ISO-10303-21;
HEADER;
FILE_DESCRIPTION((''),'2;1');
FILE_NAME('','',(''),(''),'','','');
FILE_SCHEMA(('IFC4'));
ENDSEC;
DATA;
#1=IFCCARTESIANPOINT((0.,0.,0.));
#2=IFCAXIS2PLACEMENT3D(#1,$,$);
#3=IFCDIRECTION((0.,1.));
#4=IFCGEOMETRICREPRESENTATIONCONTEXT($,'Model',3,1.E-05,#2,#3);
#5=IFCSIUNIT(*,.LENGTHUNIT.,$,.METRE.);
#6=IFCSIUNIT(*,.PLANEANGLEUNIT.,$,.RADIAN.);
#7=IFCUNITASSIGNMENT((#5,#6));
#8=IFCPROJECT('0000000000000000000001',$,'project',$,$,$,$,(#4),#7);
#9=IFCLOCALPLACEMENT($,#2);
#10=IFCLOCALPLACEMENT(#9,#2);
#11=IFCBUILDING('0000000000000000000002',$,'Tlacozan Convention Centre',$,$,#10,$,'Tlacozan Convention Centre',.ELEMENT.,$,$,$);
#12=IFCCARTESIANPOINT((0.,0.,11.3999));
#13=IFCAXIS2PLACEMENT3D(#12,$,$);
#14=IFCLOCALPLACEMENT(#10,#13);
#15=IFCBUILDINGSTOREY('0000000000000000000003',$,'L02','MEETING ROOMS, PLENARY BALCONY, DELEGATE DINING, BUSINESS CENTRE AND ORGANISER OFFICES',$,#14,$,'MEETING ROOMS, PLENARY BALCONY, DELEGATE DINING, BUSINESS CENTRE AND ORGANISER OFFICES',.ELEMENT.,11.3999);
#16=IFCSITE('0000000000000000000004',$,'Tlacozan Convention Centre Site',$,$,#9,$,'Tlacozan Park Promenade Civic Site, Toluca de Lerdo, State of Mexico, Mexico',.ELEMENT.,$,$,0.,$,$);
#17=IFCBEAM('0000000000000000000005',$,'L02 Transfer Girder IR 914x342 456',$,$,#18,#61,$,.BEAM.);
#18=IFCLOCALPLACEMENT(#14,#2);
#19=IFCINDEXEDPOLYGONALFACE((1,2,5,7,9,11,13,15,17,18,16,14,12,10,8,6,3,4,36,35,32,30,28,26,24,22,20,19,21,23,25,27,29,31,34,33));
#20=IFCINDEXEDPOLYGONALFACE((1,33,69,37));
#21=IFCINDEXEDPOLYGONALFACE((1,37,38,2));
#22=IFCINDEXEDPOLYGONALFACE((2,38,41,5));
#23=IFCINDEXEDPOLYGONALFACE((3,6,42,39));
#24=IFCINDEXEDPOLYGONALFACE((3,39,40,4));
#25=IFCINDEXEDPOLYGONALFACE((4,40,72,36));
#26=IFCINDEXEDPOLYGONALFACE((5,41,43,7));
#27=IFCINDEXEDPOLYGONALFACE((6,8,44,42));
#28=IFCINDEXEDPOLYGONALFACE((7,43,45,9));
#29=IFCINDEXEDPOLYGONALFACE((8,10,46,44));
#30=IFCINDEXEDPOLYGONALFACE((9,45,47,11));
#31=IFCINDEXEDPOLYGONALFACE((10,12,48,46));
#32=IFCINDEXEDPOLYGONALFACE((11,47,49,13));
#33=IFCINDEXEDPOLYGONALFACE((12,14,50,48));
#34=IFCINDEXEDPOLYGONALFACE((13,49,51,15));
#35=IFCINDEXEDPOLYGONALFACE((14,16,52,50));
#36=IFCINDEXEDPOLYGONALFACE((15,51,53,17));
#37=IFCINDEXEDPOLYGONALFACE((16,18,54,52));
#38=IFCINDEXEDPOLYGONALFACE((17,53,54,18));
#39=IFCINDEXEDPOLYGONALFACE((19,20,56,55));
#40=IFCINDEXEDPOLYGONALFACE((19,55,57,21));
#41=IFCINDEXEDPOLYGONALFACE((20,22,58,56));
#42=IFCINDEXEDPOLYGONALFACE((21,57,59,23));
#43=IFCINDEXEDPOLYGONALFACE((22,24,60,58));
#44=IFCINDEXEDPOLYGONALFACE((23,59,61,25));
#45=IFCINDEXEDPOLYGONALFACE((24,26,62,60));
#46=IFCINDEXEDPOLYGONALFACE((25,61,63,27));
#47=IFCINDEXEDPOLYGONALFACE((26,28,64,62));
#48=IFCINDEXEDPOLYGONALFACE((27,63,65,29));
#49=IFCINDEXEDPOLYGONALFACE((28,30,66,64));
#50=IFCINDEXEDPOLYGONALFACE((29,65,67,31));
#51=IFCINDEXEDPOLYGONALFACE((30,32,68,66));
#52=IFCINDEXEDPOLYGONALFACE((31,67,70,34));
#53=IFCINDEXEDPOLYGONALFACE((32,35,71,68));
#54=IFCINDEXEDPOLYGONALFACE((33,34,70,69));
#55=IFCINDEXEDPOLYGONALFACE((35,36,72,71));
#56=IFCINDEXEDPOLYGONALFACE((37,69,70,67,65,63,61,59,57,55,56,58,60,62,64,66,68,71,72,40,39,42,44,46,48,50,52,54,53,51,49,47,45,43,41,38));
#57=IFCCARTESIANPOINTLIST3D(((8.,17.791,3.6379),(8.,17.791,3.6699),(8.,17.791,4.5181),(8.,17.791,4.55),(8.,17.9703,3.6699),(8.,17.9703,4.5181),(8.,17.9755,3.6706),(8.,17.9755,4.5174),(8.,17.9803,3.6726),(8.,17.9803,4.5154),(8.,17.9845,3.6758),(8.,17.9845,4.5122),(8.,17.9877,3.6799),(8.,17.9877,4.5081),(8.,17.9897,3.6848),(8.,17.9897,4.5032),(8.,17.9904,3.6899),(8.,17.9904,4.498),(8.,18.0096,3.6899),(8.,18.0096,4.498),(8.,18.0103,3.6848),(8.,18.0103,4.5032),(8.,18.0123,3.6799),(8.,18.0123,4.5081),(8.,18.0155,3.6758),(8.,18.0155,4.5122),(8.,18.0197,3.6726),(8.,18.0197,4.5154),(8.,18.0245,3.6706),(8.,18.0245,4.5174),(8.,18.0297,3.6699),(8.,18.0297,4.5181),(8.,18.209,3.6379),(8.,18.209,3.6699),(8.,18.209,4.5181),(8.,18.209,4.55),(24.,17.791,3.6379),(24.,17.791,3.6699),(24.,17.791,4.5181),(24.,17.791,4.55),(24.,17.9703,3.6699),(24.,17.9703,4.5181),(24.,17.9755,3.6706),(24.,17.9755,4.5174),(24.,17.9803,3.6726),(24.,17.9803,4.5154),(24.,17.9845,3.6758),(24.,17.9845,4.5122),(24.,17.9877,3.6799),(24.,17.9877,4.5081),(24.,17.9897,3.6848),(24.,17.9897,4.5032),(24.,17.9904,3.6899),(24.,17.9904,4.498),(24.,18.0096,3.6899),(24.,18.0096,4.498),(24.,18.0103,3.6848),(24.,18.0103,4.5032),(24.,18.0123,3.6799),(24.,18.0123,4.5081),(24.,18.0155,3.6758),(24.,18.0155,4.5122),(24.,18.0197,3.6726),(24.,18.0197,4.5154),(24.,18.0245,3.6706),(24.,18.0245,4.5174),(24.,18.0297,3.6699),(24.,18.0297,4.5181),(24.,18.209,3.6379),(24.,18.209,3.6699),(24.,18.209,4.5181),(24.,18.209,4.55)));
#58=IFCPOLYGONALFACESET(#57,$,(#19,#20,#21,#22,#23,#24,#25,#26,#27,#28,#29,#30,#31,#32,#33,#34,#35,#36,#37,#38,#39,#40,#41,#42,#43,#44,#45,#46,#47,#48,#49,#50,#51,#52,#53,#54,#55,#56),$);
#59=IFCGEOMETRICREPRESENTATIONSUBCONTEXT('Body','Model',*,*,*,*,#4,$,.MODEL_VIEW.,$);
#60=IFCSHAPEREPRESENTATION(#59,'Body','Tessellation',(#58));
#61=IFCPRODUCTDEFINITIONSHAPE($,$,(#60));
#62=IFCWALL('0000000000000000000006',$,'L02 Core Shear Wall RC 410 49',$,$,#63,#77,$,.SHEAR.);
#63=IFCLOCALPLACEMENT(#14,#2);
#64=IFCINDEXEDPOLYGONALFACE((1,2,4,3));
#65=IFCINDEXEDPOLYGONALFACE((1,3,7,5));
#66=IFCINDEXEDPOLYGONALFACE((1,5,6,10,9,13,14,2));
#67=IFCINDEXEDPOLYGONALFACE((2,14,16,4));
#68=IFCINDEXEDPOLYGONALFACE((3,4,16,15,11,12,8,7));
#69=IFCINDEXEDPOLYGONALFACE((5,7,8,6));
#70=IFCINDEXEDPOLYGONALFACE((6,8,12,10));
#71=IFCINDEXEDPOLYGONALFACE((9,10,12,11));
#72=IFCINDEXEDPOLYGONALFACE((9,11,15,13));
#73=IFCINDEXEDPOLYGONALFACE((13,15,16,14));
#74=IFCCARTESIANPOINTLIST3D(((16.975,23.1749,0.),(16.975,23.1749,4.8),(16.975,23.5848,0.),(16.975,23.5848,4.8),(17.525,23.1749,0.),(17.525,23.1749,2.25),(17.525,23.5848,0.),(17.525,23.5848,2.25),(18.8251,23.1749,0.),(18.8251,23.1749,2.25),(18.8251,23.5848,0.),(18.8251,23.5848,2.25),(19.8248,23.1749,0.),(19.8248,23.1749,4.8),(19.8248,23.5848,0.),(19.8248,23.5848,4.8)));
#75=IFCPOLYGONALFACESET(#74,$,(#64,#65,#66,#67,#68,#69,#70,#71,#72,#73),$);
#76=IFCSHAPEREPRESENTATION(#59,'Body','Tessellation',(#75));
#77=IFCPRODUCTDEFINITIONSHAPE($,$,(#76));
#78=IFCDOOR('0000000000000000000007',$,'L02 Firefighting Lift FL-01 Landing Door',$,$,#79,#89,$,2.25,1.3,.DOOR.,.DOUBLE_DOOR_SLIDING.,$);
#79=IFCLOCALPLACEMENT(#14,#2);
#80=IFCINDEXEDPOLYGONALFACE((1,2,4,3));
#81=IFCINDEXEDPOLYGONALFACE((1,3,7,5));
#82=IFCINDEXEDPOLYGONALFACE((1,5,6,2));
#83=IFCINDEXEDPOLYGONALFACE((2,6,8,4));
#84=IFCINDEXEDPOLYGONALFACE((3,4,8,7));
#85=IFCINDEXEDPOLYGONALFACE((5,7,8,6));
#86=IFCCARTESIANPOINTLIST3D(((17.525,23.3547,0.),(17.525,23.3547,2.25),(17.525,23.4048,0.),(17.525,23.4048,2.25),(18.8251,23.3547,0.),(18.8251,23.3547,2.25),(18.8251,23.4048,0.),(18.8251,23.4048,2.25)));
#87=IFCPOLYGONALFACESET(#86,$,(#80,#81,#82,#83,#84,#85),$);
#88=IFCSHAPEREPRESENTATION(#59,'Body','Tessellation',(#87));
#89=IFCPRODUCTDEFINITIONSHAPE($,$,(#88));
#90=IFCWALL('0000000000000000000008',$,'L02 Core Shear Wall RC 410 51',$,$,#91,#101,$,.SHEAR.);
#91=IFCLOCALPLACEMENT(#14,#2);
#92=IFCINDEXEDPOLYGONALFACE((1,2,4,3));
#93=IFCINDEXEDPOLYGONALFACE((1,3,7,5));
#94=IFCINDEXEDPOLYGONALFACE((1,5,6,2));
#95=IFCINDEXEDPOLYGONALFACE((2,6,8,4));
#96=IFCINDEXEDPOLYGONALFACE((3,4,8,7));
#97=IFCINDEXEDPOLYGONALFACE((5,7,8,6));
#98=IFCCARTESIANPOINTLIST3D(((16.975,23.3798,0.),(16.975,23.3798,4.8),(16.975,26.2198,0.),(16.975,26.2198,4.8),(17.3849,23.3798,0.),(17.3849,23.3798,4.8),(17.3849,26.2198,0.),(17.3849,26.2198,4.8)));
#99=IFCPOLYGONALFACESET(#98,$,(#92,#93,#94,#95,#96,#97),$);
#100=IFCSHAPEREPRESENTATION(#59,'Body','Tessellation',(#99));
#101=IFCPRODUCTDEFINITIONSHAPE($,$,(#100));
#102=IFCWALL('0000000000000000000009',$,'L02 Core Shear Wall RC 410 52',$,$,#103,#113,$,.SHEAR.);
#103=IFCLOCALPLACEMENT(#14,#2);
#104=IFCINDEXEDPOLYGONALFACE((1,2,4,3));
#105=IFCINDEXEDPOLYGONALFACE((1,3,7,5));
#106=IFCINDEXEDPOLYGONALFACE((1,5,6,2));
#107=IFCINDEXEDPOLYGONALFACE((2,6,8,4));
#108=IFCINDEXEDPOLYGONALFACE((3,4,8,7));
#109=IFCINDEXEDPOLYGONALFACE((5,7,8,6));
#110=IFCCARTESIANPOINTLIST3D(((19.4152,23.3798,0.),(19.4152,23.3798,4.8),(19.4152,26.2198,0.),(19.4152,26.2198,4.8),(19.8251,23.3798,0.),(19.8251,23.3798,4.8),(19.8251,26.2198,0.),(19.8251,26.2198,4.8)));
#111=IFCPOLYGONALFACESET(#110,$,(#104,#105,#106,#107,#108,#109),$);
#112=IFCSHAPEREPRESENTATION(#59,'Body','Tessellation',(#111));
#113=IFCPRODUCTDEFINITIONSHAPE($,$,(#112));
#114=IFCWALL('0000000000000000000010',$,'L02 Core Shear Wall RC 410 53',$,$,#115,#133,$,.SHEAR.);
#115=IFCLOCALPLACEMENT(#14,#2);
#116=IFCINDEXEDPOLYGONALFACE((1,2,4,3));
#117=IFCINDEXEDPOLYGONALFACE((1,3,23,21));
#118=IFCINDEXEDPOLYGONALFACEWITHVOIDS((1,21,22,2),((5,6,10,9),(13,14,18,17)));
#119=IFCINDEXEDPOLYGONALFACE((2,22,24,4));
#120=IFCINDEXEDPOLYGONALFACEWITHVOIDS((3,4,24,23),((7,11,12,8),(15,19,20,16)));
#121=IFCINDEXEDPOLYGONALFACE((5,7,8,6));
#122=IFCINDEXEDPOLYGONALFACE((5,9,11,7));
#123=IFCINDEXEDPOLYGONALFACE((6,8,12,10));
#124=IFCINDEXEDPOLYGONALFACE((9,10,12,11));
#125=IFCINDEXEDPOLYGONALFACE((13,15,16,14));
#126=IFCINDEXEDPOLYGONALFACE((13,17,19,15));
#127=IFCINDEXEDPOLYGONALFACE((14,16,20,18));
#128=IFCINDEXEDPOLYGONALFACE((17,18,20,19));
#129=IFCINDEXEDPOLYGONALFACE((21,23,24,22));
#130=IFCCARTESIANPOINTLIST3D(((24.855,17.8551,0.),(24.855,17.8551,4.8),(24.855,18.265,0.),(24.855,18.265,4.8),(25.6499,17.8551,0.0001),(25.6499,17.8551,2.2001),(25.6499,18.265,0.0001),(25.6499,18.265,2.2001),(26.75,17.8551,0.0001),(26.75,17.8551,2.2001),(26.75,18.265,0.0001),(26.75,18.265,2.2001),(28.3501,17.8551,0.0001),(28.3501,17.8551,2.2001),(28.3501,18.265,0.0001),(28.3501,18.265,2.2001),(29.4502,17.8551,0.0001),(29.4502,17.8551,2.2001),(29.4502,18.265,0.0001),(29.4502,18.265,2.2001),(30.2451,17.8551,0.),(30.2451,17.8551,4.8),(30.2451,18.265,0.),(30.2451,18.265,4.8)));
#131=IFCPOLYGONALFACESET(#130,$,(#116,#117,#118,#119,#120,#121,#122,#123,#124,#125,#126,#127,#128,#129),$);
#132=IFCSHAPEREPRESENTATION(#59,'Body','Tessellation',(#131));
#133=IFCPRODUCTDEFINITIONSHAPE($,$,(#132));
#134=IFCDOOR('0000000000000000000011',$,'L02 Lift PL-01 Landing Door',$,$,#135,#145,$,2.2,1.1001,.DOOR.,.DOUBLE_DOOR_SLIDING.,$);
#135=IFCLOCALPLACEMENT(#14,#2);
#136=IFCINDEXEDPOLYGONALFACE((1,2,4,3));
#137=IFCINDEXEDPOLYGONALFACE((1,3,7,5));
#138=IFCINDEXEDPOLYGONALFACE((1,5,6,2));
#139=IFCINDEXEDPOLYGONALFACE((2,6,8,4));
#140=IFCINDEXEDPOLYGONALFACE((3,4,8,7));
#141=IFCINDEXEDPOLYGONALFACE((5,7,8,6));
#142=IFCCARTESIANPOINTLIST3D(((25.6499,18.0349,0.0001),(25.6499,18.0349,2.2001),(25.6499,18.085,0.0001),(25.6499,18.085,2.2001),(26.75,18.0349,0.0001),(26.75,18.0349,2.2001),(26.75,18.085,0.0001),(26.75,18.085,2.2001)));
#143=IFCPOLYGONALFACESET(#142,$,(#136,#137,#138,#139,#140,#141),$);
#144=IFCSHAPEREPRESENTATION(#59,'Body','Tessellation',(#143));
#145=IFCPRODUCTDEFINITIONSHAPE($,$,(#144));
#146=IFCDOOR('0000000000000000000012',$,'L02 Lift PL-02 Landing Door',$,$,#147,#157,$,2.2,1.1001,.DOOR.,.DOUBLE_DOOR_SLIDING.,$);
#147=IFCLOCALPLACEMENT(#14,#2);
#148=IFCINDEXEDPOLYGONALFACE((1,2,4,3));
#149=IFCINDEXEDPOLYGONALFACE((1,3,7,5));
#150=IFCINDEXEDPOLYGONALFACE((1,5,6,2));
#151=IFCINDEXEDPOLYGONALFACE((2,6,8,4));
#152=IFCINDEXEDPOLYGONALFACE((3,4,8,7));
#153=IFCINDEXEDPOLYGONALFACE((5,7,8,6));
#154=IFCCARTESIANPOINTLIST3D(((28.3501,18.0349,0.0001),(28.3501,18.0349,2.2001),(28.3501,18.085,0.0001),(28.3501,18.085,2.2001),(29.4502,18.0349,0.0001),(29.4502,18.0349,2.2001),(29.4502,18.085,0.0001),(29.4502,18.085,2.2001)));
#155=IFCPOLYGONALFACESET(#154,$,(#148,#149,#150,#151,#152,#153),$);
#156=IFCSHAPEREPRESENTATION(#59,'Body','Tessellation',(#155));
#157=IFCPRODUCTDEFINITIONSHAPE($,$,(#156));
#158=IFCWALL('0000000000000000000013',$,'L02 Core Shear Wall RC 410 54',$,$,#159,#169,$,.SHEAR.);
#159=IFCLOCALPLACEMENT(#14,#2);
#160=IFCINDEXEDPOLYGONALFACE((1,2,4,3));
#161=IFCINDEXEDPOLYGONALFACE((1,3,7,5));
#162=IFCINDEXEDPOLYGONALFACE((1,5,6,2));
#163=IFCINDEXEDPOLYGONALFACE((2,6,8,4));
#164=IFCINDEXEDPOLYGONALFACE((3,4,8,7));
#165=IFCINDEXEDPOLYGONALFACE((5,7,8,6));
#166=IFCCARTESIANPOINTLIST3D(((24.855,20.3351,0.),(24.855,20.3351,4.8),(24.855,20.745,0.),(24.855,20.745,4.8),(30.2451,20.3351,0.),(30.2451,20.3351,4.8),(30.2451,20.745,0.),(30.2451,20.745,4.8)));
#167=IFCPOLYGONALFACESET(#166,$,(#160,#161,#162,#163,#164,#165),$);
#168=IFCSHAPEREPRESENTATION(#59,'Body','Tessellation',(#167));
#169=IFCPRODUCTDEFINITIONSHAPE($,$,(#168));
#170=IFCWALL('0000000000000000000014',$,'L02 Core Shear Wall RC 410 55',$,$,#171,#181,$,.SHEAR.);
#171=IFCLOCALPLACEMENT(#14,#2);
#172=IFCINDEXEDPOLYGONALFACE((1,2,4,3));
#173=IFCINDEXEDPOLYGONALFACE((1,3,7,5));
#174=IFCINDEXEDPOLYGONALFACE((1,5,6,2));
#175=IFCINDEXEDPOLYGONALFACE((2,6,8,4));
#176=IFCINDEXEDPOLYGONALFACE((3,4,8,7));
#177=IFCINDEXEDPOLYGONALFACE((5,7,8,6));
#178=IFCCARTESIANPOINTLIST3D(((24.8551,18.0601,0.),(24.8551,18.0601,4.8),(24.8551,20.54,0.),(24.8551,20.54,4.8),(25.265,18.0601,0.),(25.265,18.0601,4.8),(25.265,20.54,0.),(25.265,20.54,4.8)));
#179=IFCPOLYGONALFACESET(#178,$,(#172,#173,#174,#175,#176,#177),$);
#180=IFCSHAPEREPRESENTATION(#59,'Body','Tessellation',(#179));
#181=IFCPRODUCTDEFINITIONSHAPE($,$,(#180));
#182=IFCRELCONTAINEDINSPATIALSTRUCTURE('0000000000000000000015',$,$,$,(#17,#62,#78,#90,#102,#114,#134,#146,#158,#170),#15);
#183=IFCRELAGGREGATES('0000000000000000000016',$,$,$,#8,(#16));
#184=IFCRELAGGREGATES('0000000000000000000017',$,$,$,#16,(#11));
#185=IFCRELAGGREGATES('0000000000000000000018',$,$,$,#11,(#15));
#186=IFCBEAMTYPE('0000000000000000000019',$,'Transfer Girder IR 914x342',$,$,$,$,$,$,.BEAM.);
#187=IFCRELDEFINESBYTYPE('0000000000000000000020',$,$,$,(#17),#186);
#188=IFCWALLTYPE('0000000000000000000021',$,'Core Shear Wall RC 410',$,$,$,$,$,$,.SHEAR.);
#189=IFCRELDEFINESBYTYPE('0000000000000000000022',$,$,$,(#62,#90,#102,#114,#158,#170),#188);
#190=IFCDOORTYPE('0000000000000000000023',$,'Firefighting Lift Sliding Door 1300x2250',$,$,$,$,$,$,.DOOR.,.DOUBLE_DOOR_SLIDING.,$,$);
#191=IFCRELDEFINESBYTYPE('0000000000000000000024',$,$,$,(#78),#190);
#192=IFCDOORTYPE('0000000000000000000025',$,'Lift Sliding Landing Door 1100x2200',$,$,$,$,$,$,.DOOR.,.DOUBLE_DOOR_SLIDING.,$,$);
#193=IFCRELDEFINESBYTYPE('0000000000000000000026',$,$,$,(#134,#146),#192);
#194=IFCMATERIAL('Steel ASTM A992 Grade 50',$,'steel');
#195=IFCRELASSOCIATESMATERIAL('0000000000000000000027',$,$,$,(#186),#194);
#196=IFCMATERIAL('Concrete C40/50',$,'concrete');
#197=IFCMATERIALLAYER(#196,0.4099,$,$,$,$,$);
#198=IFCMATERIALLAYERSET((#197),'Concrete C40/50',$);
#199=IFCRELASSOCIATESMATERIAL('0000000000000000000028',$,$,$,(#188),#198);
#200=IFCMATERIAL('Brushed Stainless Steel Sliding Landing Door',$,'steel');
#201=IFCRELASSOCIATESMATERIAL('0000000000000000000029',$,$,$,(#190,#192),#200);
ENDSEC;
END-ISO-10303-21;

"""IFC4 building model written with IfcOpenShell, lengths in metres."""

from ifc_helpers import new_model, si_unit, direction, frame, frame_2d, origin, origin_2d, place, context, subcontext, project, spatial, rectangle, i_section, extrude, material, layer, layer_set, material_profile, profile_set, type_object, element, fill, save


model = new_model("IFC4")

# Units and contexts
model_context = context("Model", 3, precision=1e-05, world=origin(), true_north=direction((0.0, 1.0)))
body_context = subcontext(model_context, "Body", "Model", "MODEL_VIEW")
ifc_project = project(units=[si_unit("LENGTHUNIT", "METRE"), si_unit("PLANEANGLEUNIT", "RADIAN")], contexts=[model_context])

# Site, building, storey
site_placement = place(None, origin())
site = spatial("IfcSite", under=ifc_project, at=site_placement, Name="Tlacozan Convention Centre Site", LongName="Tlacozan Park Promenade Civic Site, Toluca de Lerdo, State of Mexico, Mexico", CompositionType="ELEMENT", RefElevation=0.0)
building_placement = place(site_placement, origin())
building = spatial("IfcBuilding", under=site, at=building_placement, Name="Tlacozan Convention Centre", LongName="Tlacozan Convention Centre", CompositionType="ELEMENT")
storey_placement = place(building_placement, frame((0.0, 0.0, 11.3999)))
storey = spatial("IfcBuildingStorey", under=building, at=storey_placement, Name="L02", Description="MEETING ROOMS, PLENARY BALCONY, DELEGATE DINING, BUSINESS CENTRE AND ORGANISER OFFICES", LongName="MEETING ROOMS, PLENARY BALCONY, DELEGATE DINING, BUSINESS CENTRE AND ORGANISER OFFICES", CompositionType="ELEMENT", Elevation=11.3999)

# Shared definitions
ifc_material_1 = material(Name="Concrete C40/50", Category="concrete")

# Beam
ifc_material_2 = material(Name="Steel ASTM A992 Grade 50", Category="steel")
ifc_material_profile_1 = material_profile(ifc_material_2, i_section(OverallWidth=0.418, OverallDepth=0.9121, WebThickness=0.0193, FlangeThickness=0.032, FilletRadius=0.02, at=origin_2d()), Name="IR 914x342.0")
ifc_profile_set_1 = profile_set([ifc_material_profile_1], Name="Steel ASTM A992 Grade 50")
beam_type_1 = type_object("IfcBeamType", Name="Transfer Girder IR 914x342", PredefinedType="BEAM", material=ifc_profile_set_1)
beam_1_placement = place(storey_placement, frame((24.0, 18.0, 4.094), z_axis=(-1.0, 0.0, 0.0), x_axis=(0.0, -1.0, 0.0)))
element("IfcBeam", 1, at=beam_1_placement, inside=storey, type_object=beam_type_1, Name="L02 Transfer Girder IR 914x342 456", PredefinedType="BEAM", context=body_context, shape_type="SweptSolid", body=[
    extrude(i_section(OverallWidth=0.418, OverallDepth=0.9121, WebThickness=0.0193, FlangeThickness=0.032, FilletRadius=0.02, at=origin_2d()), origin(), (0.0, 0.0, 1.0), 16.0),
])

# Wall, opening, door
ifc_layer_1 = layer(ifc_material_1, 0.4099)
ifc_layer_set_1 = layer_set([ifc_layer_1], Name="Concrete C40/50")
wall_type_1 = type_object("IfcWallType", Name="Core Shear Wall RC 410", PredefinedType="SHEAR", material=ifc_layer_set_1)
wall_1_placement = place(storey_placement, frame((16.9751, 23.3799, 0.0), z_axis=(0.0, 0.0, 1.0), x_axis=(1.0, 0.0, 0.0)))
wall_1 = element("IfcWall", 2, at=wall_1_placement, inside=storey, type_object=wall_type_1, Name="L02 Core Shear Wall RC 410 49", PredefinedType="SHEAR", context=body_context, shape_type="SweptSolid", body=[
    extrude(rectangle(XDim=2.8499, YDim=0.4099, at=frame_2d((1.4248, 0.0))), origin(), (0.0, 0.0, 1.0), 4.8),
])
opening_1_placement = place(wall_1_placement, frame((0.55, 0.0, 0.0)))
opening_1 = element("IfcOpeningElement", 3, at=opening_1_placement, cuts=wall_1, PredefinedType="OPENING", context=body_context, shape_type="SweptSolid", body=[
    extrude(rectangle(XDim=1.3, YDim=2.25, at=frame_2d((0.6499, 1.125))), frame((0.0, 0.2148, 0.0), z_axis=(0.0, -1.0, 0.0), x_axis=(1.0, 0.0, 0.0)), (0.0, 0.0, 1.0), 0.4299),
])
ifc_material_3 = material(Name="Brushed Stainless Steel Sliding Landing Door", Category="steel")
door_type_1 = type_object("IfcDoorType", Name="Firefighting Lift Sliding Door 1300x2250", OperationType="DOUBLE_DOOR_SLIDING", PredefinedType="DOOR", material=ifc_material_3)
door_1_placement = place(opening_1_placement, origin())
door_1 = element("IfcDoor", 4, at=door_1_placement, inside=storey, type_object=door_type_1, Name="L02 Firefighting Lift FL-01 Landing Door", OperationType="DOUBLE_DOOR_SLIDING", OverallHeight=2.25, OverallWidth=1.3, PredefinedType="DOOR", context=body_context, shape_type="SweptSolid", body=[
    extrude(rectangle(XDim=1.3, YDim=2.25, at=frame_2d((0.6499, 1.125))), frame((0.0, 0.0249, 0.0), z_axis=(0.0, -1.0, 0.0), x_axis=(1.0, 0.0, 0.0)), (0.0, 0.0, 1.0), 0.05),
])
fill(opening_1, door_1)

# Walls
for number, where, z_axis, x_axis, name in (
    (5, (17.1799, 23.3799, 0.0), (0.0, 0.0, 1.0), (0.0, 1.0, 0.0), "L02 Core Shear Wall RC 410 51"),
    (6, (19.6201, 23.3799, 0.0), (0.0, 0.0, 1.0), (0.0, 1.0, 0.0), "L02 Core Shear Wall RC 410 52"),
):
    element("IfcWall", number, at=place(storey_placement, frame(where, z_axis=z_axis, x_axis=x_axis)), inside=storey, type_object=wall_type_1, Name=name, PredefinedType="SHEAR", context=body_context, shape_type="SweptSolid", body=[
        extrude(rectangle(XDim=2.8401, YDim=0.4099, at=frame_2d((1.4199, 0.0))), origin(), (0.0, 0.0, 1.0), 4.8),
    ])

# Wall, openings, doors
wall_2_placement = place(storey_placement, frame((24.855, 18.0601, 0.0), z_axis=(0.0, 0.0, 1.0), x_axis=(1.0, 0.0, 0.0)))
wall_2 = element("IfcWall", 7, at=wall_2_placement, inside=storey, type_object=wall_type_1, Name="L02 Core Shear Wall RC 410 53", PredefinedType="SHEAR", context=body_context, shape_type="SweptSolid", body=[
    extrude(rectangle(XDim=5.3901, YDim=0.4099, at=frame_2d((2.6951, 0.0))), origin(), (0.0, 0.0, 1.0), 4.8),
])
opening_2_placement = place(wall_2_placement, frame((0.7949, 0.0, 0.0)))
opening_2 = element("IfcOpeningElement", 8, at=opening_2_placement, cuts=wall_2, PredefinedType="OPENING", context=body_context, shape_type="SweptSolid", body=[
    extrude(rectangle(XDim=1.1001, YDim=2.2, at=frame_2d((0.55, 1.1001))), frame((0.0, 0.2148, 0.0), z_axis=(0.0, -1.0, 0.0), x_axis=(1.0, 0.0, 0.0)), (0.0, 0.0, 1.0), 0.4299),
])
opening_3_placement = place(wall_2_placement, frame((3.4951, 0.0, 0.0)))
opening_3 = element("IfcOpeningElement", 9, at=opening_3_placement, cuts=wall_2, PredefinedType="OPENING", context=body_context, shape_type="SweptSolid", body=[
    extrude(rectangle(XDim=1.1001, YDim=2.2, at=frame_2d((0.55, 1.1001))), frame((0.0, 0.2148, 0.0), z_axis=(0.0, -1.0, 0.0), x_axis=(1.0, 0.0, 0.0)), (0.0, 0.0, 1.0), 0.4299),
])
door_type_2 = type_object("IfcDoorType", Name="Lift Sliding Landing Door 1100x2200", OperationType="DOUBLE_DOOR_SLIDING", PredefinedType="DOOR", material=ifc_material_3)
door_2_placement = place(opening_2_placement, origin())
door_2 = element("IfcDoor", 10, at=door_2_placement, inside=storey, type_object=door_type_2, Name="L02 Lift PL-01 Landing Door", OperationType="DOUBLE_DOOR_SLIDING", OverallHeight=2.2, OverallWidth=1.1001, PredefinedType="DOOR", context=body_context, shape_type="SweptSolid", body=[
    extrude(rectangle(XDim=1.1001, YDim=2.2, at=frame_2d((0.55, 1.1001))), frame((0.0, 0.0249, 0.0), z_axis=(0.0, -1.0, 0.0), x_axis=(1.0, 0.0, 0.0)), (0.0, 0.0, 1.0), 0.05),
])
fill(opening_2, door_2)
door_3_placement = place(opening_3_placement, origin())
door_3 = element("IfcDoor", 11, at=door_3_placement, inside=storey, type_object=door_type_2, Name="L02 Lift PL-02 Landing Door", OperationType="DOUBLE_DOOR_SLIDING", OverallHeight=2.2, OverallWidth=1.1001, PredefinedType="DOOR", context=body_context, shape_type="SweptSolid", body=[
    extrude(rectangle(XDim=1.1001, YDim=2.2, at=frame_2d((0.55, 1.1001))), frame((0.0, 0.0249, 0.0), z_axis=(0.0, -1.0, 0.0), x_axis=(1.0, 0.0, 0.0)), (0.0, 0.0, 1.0), 0.05),
])
fill(opening_3, door_3)

# Walls
wall_3_placement = place(storey_placement, frame((24.855, 20.54, 0.0), z_axis=(0.0, 0.0, 1.0), x_axis=(1.0, 0.0, 0.0)))
element("IfcWall", 12, at=wall_3_placement, inside=storey, type_object=wall_type_1, Name="L02 Core Shear Wall RC 410 54", PredefinedType="SHEAR", context=body_context, shape_type="SweptSolid", body=[
    extrude(rectangle(XDim=5.3901, YDim=0.4099, at=frame_2d((2.6951, 0.0))), origin(), (0.0, 0.0, 1.0), 4.8),
])
wall_4_placement = place(storey_placement, frame((25.0601, 18.0601, 0.0), z_axis=(0.0, 0.0, 1.0), x_axis=(0.0, 1.0, 0.0)))
element("IfcWall", 13, at=wall_4_placement, inside=storey, type_object=wall_type_1, Name="L02 Core Shear Wall RC 410 55", PredefinedType="SHEAR", context=body_context, shape_type="SweptSolid", body=[
    extrude(rectangle(XDim=2.48, YDim=0.4099, at=frame_2d((1.24, 0.0))), origin(), (0.0, 0.0, 1.0), 4.8),
])

save(model, "model.ifc")
